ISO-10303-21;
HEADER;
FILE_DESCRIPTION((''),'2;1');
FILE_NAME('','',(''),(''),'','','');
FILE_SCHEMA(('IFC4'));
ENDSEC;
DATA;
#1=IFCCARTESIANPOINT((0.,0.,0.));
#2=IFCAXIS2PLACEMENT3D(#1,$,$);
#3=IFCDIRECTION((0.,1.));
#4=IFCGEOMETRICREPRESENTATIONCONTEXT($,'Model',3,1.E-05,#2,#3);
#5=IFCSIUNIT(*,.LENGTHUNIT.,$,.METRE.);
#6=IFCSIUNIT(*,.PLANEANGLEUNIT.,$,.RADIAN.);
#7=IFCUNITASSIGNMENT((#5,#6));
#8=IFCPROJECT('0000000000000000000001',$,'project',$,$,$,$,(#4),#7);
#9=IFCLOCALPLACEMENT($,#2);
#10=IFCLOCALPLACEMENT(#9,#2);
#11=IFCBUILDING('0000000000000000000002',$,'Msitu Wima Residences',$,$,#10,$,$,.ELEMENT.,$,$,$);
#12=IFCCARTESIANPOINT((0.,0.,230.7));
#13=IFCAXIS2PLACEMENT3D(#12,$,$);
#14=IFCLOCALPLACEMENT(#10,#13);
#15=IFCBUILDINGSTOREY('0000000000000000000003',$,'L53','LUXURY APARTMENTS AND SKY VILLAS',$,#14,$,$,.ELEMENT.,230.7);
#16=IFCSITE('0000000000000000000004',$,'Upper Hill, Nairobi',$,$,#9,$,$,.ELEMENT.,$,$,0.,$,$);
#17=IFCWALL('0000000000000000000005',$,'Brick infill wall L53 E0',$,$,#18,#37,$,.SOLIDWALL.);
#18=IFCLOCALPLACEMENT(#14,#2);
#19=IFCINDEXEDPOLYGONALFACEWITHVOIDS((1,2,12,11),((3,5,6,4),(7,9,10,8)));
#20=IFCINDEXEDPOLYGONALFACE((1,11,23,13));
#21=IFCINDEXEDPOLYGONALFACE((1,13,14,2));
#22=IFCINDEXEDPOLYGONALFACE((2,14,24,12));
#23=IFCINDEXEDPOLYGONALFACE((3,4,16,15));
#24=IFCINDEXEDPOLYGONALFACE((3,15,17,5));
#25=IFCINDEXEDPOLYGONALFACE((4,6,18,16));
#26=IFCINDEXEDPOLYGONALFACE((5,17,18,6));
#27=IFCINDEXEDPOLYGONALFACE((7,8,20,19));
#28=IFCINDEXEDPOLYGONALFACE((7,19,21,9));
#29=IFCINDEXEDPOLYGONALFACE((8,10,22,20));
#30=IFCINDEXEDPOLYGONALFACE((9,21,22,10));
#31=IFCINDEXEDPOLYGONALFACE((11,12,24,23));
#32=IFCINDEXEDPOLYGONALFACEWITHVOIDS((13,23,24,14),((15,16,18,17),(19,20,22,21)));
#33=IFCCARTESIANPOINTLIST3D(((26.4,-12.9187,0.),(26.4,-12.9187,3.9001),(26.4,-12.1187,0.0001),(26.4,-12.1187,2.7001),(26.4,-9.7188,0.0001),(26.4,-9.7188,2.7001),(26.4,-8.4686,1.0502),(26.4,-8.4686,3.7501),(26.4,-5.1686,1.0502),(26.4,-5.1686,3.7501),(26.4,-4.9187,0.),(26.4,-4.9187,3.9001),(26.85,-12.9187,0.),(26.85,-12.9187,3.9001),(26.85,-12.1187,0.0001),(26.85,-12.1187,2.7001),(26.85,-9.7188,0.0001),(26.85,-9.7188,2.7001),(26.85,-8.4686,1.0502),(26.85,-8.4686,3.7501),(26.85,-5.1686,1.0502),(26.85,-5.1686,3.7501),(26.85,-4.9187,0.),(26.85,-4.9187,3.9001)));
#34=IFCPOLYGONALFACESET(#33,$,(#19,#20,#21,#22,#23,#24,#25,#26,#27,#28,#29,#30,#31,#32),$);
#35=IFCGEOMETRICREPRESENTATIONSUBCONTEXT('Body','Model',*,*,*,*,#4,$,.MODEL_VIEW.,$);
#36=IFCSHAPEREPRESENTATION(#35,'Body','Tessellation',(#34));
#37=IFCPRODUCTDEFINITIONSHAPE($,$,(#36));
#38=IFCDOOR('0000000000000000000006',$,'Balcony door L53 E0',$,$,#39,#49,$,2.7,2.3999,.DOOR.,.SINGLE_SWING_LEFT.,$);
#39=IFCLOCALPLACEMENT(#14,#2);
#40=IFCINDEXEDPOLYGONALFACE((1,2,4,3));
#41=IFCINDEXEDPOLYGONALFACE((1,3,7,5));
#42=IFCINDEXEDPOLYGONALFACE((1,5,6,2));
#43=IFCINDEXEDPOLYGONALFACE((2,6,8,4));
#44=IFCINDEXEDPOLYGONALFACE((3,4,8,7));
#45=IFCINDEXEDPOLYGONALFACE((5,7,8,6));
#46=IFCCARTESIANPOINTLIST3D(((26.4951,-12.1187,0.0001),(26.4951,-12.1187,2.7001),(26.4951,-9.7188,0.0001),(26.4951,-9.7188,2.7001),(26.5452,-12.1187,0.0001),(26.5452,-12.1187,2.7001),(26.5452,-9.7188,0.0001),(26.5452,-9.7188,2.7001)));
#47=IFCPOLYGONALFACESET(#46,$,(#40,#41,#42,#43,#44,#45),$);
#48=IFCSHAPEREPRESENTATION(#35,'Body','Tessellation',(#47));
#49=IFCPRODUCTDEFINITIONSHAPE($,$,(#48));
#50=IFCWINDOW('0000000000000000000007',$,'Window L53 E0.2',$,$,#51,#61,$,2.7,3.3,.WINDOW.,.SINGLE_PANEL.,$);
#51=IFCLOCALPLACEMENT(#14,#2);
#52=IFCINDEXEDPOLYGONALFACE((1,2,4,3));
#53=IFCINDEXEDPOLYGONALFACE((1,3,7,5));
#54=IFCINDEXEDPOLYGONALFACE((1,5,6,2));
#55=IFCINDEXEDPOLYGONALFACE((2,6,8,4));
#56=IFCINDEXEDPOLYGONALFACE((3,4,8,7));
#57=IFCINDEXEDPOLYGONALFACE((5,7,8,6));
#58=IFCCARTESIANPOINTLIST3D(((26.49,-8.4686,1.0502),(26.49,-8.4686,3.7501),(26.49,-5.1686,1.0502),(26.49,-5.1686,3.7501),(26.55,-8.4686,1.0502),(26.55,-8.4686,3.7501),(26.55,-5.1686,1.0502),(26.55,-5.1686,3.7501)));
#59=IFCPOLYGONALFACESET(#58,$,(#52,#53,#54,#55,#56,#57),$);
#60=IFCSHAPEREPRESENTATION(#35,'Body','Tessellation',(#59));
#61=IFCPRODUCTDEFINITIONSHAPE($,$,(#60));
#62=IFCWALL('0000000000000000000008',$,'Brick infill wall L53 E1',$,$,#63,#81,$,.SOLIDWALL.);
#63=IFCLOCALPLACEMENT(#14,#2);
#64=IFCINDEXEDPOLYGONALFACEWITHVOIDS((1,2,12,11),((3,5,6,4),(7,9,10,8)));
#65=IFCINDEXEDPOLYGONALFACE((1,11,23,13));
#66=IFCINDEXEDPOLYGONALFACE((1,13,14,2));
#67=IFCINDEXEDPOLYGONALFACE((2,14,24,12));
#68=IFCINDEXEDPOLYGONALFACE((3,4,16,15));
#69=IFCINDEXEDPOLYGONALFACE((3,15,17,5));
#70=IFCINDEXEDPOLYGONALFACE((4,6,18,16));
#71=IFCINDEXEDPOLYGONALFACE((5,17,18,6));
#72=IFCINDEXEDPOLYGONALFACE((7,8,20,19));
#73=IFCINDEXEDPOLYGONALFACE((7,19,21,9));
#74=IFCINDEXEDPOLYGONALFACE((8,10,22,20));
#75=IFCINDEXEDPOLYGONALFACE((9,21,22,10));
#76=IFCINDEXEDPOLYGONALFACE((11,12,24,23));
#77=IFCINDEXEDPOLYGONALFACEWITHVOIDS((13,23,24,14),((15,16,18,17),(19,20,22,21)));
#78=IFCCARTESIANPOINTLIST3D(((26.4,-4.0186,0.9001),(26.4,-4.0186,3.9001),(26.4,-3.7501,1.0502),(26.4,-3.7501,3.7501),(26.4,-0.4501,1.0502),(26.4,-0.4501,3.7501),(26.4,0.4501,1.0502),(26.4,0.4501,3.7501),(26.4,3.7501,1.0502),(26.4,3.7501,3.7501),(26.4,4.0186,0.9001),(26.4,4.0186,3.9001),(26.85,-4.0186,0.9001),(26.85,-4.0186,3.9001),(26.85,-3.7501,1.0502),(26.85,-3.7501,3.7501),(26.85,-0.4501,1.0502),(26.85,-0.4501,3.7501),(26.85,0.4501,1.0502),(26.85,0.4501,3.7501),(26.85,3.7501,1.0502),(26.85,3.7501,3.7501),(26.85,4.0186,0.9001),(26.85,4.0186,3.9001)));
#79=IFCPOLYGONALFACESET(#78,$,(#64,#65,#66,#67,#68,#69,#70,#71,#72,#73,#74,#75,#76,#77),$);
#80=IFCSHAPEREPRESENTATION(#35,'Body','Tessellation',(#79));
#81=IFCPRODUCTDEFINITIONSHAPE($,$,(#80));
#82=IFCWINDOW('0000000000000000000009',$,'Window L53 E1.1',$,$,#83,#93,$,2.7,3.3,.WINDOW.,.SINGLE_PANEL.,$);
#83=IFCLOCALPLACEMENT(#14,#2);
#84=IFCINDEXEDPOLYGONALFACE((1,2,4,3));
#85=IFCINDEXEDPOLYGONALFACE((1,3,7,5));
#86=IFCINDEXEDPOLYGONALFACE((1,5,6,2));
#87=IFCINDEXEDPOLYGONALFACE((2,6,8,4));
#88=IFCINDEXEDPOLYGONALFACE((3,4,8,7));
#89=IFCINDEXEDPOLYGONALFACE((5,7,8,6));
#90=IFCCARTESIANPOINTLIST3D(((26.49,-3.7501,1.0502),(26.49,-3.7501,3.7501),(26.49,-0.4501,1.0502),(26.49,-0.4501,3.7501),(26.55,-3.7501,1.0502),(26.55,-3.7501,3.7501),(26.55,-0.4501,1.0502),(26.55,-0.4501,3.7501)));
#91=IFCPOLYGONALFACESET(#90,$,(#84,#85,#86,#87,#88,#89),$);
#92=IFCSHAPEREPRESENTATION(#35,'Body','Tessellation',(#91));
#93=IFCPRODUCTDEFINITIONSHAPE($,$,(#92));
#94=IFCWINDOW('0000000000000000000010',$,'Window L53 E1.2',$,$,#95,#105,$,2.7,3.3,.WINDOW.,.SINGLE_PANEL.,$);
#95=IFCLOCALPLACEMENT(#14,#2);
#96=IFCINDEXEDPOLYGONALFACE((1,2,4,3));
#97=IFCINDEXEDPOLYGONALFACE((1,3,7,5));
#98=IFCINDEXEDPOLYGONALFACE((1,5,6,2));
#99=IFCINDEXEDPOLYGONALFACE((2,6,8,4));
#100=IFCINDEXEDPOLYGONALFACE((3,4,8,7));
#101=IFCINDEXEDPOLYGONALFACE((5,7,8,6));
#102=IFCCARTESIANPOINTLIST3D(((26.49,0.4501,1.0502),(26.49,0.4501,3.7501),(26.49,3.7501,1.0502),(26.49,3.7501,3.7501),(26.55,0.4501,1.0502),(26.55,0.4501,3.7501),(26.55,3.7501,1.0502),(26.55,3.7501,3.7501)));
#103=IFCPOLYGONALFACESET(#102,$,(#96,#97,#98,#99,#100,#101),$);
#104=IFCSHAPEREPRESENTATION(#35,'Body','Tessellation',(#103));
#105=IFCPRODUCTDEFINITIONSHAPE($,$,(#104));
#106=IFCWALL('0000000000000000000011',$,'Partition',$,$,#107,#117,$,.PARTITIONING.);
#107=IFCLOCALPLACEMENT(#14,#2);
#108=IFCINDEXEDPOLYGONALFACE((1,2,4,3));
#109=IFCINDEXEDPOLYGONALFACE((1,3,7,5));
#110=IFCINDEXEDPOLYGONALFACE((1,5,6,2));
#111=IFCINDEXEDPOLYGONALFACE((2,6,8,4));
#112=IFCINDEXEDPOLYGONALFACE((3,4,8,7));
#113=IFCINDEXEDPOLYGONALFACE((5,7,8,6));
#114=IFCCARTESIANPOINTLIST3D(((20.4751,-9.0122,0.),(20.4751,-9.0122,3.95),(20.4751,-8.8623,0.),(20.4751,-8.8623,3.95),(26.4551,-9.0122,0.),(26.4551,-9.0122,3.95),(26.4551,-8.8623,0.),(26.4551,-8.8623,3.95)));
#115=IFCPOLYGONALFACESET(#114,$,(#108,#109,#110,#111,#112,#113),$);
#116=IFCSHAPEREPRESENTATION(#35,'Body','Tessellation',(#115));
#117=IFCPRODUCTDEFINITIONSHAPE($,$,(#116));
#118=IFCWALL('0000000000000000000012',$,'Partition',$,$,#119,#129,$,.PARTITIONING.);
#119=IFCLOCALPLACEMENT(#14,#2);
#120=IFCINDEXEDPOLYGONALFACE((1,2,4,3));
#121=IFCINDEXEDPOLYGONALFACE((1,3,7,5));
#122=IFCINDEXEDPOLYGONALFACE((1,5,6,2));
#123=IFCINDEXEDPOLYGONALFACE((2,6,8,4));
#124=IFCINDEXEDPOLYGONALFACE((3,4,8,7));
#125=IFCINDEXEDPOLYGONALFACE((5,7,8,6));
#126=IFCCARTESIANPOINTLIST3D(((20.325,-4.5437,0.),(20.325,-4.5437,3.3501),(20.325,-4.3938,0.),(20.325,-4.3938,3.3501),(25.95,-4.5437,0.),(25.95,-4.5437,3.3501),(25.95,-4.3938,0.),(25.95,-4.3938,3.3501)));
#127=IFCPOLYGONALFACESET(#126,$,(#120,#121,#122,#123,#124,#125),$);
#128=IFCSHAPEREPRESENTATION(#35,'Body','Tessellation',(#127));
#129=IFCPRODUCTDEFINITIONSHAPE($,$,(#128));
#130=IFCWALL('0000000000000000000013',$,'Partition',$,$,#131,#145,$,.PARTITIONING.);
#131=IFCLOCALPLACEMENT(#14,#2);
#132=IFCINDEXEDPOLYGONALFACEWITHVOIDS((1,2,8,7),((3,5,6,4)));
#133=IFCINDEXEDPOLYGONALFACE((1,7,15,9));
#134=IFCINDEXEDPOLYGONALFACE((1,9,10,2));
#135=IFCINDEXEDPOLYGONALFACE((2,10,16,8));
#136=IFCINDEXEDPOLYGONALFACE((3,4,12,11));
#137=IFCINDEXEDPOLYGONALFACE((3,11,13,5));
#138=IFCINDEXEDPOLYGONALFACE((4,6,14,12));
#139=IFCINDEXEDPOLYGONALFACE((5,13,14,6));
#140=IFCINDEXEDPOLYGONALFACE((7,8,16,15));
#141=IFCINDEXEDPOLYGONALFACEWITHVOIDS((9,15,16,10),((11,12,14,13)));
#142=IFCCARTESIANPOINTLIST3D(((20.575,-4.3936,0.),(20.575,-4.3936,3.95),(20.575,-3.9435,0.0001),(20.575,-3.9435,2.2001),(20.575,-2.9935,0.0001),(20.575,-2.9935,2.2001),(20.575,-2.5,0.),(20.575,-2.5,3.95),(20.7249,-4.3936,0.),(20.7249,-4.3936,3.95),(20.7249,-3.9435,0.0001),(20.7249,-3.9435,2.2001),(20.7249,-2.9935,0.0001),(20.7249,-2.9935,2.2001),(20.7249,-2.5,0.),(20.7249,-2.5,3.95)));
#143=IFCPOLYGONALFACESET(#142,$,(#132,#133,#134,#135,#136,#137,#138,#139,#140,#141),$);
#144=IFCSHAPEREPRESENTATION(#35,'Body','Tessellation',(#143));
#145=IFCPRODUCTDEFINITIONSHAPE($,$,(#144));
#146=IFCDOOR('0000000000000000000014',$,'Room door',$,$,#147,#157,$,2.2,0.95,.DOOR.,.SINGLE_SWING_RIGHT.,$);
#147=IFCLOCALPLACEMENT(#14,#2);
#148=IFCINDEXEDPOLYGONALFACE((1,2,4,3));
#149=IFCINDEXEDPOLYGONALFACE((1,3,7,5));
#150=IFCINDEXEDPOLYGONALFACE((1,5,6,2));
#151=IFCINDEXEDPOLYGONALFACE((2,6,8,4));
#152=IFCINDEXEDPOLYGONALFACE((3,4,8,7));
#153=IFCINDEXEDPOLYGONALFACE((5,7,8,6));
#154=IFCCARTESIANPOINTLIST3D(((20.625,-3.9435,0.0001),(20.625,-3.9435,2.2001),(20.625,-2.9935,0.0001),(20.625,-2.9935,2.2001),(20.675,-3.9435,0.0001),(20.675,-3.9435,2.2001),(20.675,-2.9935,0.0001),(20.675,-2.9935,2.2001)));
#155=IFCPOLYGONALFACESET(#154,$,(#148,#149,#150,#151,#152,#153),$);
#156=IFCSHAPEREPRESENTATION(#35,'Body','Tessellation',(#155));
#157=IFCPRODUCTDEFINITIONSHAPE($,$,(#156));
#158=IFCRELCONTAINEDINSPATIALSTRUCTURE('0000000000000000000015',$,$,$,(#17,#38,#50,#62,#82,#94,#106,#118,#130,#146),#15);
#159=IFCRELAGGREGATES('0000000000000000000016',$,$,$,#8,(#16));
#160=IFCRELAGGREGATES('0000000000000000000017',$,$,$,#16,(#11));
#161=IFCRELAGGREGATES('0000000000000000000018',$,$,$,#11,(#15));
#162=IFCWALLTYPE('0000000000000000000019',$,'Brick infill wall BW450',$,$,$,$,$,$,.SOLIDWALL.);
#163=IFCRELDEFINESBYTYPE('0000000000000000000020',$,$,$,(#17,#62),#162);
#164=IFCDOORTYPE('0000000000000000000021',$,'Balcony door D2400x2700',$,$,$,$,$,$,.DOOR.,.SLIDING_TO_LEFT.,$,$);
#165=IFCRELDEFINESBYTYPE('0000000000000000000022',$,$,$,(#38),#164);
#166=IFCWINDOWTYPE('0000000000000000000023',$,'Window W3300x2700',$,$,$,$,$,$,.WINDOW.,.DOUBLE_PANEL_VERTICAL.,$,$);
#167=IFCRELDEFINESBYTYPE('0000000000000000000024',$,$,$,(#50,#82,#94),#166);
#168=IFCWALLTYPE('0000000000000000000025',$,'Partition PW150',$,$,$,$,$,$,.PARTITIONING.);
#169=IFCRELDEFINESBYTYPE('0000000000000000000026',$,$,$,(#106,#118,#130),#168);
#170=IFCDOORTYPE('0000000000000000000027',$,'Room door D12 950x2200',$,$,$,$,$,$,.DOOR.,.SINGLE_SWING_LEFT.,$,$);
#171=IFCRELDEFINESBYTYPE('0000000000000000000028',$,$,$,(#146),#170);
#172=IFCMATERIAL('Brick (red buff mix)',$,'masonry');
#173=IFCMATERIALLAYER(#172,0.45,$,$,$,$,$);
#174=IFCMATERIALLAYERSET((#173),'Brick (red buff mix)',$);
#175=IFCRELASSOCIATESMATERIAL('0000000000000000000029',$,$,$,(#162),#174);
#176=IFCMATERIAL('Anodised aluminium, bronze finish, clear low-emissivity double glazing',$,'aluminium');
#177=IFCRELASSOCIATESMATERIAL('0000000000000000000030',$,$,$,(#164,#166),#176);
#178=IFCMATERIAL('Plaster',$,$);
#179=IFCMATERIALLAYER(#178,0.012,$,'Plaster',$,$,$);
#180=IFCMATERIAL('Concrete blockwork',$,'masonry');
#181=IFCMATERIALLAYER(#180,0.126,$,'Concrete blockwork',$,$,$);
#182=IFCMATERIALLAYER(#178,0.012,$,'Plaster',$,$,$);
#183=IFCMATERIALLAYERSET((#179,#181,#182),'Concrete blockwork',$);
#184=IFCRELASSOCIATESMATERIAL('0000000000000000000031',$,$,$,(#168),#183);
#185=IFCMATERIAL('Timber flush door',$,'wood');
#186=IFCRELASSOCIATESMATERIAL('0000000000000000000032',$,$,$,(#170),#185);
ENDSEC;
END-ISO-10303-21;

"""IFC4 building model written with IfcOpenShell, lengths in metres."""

from ifc_helpers import new_model, si_unit, direction, frame, frame_2d, origin, place, context, subcontext, project, spatial, rectangle, extrude, material, layer, layer_set, type_object, element, fill, save


model = new_model("IFC4")

# Units and contexts
model_context = context("Model", 3, precision=1e-05, world=origin(), true_north=direction((0.0, 1.0)))
body_context = subcontext(model_context, "Body", "Model", "MODEL_VIEW")
ifc_project = project(units=[si_unit("LENGTHUNIT", "METRE"), si_unit("PLANEANGLEUNIT", "RADIAN")], contexts=[model_context])

# Site, building, storey
site_placement = place(None, origin())
site = spatial("IfcSite", under=ifc_project, at=site_placement, Name="Upper Hill, Nairobi", CompositionType="ELEMENT", RefElevation=0.0)
building_placement = place(site_placement, origin())
building = spatial("IfcBuilding", under=site, at=building_placement, Name="Msitu Wima Residences", CompositionType="ELEMENT")
storey_placement = place(building_placement, frame((0.0, 0.0, 230.7)))
storey = spatial("IfcBuildingStorey", under=building, at=storey_placement, Name="L53", Description="LUXURY APARTMENTS AND SKY VILLAS", CompositionType="ELEMENT", Elevation=230.7)

# Wall, openings, door, window
ifc_material_1 = material(Name="Brick (red buff mix)", Category="masonry")
ifc_layer_1 = layer(ifc_material_1, 0.45)
ifc_layer_set_1 = layer_set([ifc_layer_1], Name="Brick (red buff mix)")
wall_type_1 = type_object("IfcWallType", Name="Brick infill wall BW450", PredefinedType="SOLIDWALL", material=ifc_layer_set_1)
wall_1_placement = place(storey_placement, frame((26.625, -12.9187, 0.0), z_axis=(0.0, 0.0, 1.0), x_axis=(0.0, 1.0, 0.0)))
wall_1 = element("IfcWall", 1, at=wall_1_placement, inside=storey, type_object=wall_type_1, Name="Brick infill wall L53 E0", PredefinedType="SOLIDWALL", context=body_context, shape_type="SweptSolid", body=[
    extrude(rectangle(XDim=8.0, YDim=0.45, at=frame_2d((4.0, 0.0))), origin(), (0.0, 0.0, 1.0), 3.9001),
])
opening_1_placement = place(wall_1_placement, frame((0.8, 0.0, 0.0)))
opening_1 = element("IfcOpeningElement", 2, at=opening_1_placement, cuts=wall_1, PredefinedType="OPENING", context=body_context, shape_type="SweptSolid", body=[
    extrude(rectangle(XDim=2.3999, YDim=2.7, at=frame_2d((1.2, 1.3501))), frame((0.0, 0.2349, 0.0), z_axis=(0.0, -1.0, 0.0), x_axis=(1.0, 0.0, 0.0)), (0.0, 0.0, 1.0), 0.47),
])
opening_2_placement = place(wall_1_placement, frame((4.4502, 0.0, 1.05)))
opening_2 = element("IfcOpeningElement", 3, at=opening_2_placement, cuts=wall_1, PredefinedType="OPENING", context=body_context, shape_type="SweptSolid", body=[
    extrude(rectangle(XDim=3.3, YDim=2.7, at=frame_2d((1.6499, 1.3501))), frame((0.0, 0.2349, 0.0), z_axis=(0.0, -1.0, 0.0), x_axis=(1.0, 0.0, 0.0)), (0.0, 0.0, 1.0), 0.47),
])
ifc_material_2 = material(Name="Anodised aluminium, bronze finish, clear low-emissivity double glazing", Category="aluminium")
door_type_1 = type_object("IfcDoorType", Name="Balcony door D2400x2700", OperationType="SLIDING_TO_LEFT", PredefinedType="DOOR", material=ifc_material_2)
door_1_placement = place(opening_1_placement, origin())
door_1 = element("IfcDoor", 4, at=door_1_placement, inside=storey, type_object=door_type_1, Name="Balcony door L53 E0", OperationType="SINGLE_SWING_LEFT", OverallHeight=2.7, OverallWidth=2.3999, PredefinedType="DOOR", context=body_context, shape_type="SweptSolid", body=[
    extrude(rectangle(XDim=2.3999, YDim=2.7, at=frame_2d((1.2, 1.3501))), frame((0.0, 0.1299, 0.0), z_axis=(0.0, -1.0, 0.0), x_axis=(1.0, 0.0, 0.0)), (0.0, 0.0, 1.0), 0.05),
])
fill(opening_1, door_1)
window_type = type_object("IfcWindowType", Name="Window W3300x2700", PartitioningType="DOUBLE_PANEL_VERTICAL", PredefinedType="WINDOW", material=ifc_material_2)
window_1_placement = place(opening_2_placement, origin())
window_1 = element("IfcWindow", 5, at=window_1_placement, inside=storey, type_object=window_type, Name="Window L53 E0.2", OverallHeight=2.7, OverallWidth=3.3, PartitioningType="SINGLE_PANEL", PredefinedType="WINDOW", context=body_context, shape_type="SweptSolid", body=[
    extrude(rectangle(XDim=3.3, YDim=2.7, at=frame_2d((1.6499, 1.3501))), frame((0.0, 0.135, 0.0), z_axis=(0.0, -1.0, 0.0), x_axis=(1.0, 0.0, 0.0)), (0.0, 0.0, 1.0), 0.0601),
])
fill(opening_2, window_1)

# Wall, openings, windows
wall_2_placement = place(storey_placement, frame((26.625, -4.0186, 0.9001), z_axis=(0.0, 0.0, 1.0), x_axis=(0.0, 1.0, 0.0)))
wall_2 = element("IfcWall", 6, at=wall_2_placement, inside=storey, type_object=wall_type_1, Name="Brick infill wall L53 E1", PredefinedType="SOLIDWALL", context=body_context, shape_type="SweptSolid", body=[
    extrude(rectangle(XDim=8.0371, YDim=0.45, at=frame_2d((4.0186, 0.0))), origin(), (0.0, 0.0, 1.0), 3.0),
])
opening_3_placement = place(wall_2_placement, frame((0.2686, 0.0, 0.1499)))
opening_3 = element("IfcOpeningElement", 7, at=opening_3_placement, cuts=wall_2, PredefinedType="OPENING", context=body_context, shape_type="SweptSolid", body=[
    extrude(rectangle(XDim=3.3, YDim=2.7, at=frame_2d((1.6499, 1.3501))), frame((0.0, 0.2349, 0.0), z_axis=(0.0, -1.0, 0.0), x_axis=(1.0, 0.0, 0.0)), (0.0, 0.0, 1.0), 0.47),
])
opening_4_placement = place(wall_2_placement, frame((4.4688, 0.0, 0.1499)))
opening_4 = element("IfcOpeningElement", 8, at=opening_4_placement, cuts=wall_2, PredefinedType="OPENING", context=body_context, shape_type="SweptSolid", body=[
    extrude(rectangle(XDim=3.3, YDim=2.7, at=frame_2d((1.6499, 1.3501))), frame((0.0, 0.2349, 0.0), z_axis=(0.0, -1.0, 0.0), x_axis=(1.0, 0.0, 0.0)), (0.0, 0.0, 1.0), 0.47),
])
window_2_placement = place(opening_3_placement, origin())
window_2 = element("IfcWindow", 9, at=window_2_placement, inside=storey, type_object=window_type, Name="Window L53 E1.1", OverallHeight=2.7, OverallWidth=3.3, PartitioningType="SINGLE_PANEL", PredefinedType="WINDOW", context=body_context, shape_type="SweptSolid", body=[
    extrude(rectangle(XDim=3.3, YDim=2.7, at=frame_2d((1.6499, 1.3501))), frame((0.0, 0.135, 0.0), z_axis=(0.0, -1.0, 0.0), x_axis=(1.0, 0.0, 0.0)), (0.0, 0.0, 1.0), 0.0601),
])
fill(opening_3, window_2)
window_3_placement = place(opening_4_placement, origin())
window_3 = element("IfcWindow", 10, at=window_3_placement, inside=storey, type_object=window_type, Name="Window L53 E1.2", OverallHeight=2.7, OverallWidth=3.3, PartitioningType="SINGLE_PANEL", PredefinedType="WINDOW", context=body_context, shape_type="SweptSolid", body=[
    extrude(rectangle(XDim=3.3, YDim=2.7, at=frame_2d((1.6499, 1.3501))), frame((0.0, 0.135, 0.0), z_axis=(0.0, -1.0, 0.0), x_axis=(1.0, 0.0, 0.0)), (0.0, 0.0, 1.0), 0.0601),
])
fill(opening_4, window_3)

# Walls
ifc_material_3 = material(Name="Plaster")
ifc_layer_2 = layer(ifc_material_3, 0.012, Name="Plaster")
ifc_material_4 = material(Name="Concrete blockwork", Category="masonry")
ifc_layer_3 = layer(ifc_material_4, 0.126, Name="Concrete blockwork")
ifc_layer_4 = layer(ifc_material_3, 0.012, Name="Plaster")
ifc_layer_set_2 = layer_set([ifc_layer_2, ifc_layer_3, ifc_layer_4], Name="Concrete blockwork")
wall_type_2 = type_object("IfcWallType", Name="Partition PW150", PredefinedType="PARTITIONING", material=ifc_layer_set_2)
wall_3_placement = place(storey_placement, frame((20.4751, -8.9373, 0.0), z_axis=(0.0, 0.0, 1.0), x_axis=(1.0, 0.0, 0.0)))
element("IfcWall", 11, at=wall_3_placement, inside=storey, type_object=wall_type_2, Name="Partition", PredefinedType="PARTITIONING", context=body_context, shape_type="SweptSolid", body=[
    extrude(rectangle(XDim=5.98, YDim=0.1499, at=frame_2d((2.99, 0.0))), origin(), (0.0, 0.0, 1.0), 3.95),
])
wall_4_placement = place(storey_placement, frame((20.325, -4.4688, 0.0), z_axis=(0.0, 0.0, 1.0), x_axis=(1.0, 0.0, 0.0)))
element("IfcWall", 12, at=wall_4_placement, inside=storey, type_object=wall_type_2, Name="Partition", PredefinedType="PARTITIONING", context=body_context, shape_type="SweptSolid", body=[
    extrude(rectangle(XDim=5.625, YDim=0.1499, at=frame_2d((2.8125, 0.0))), origin(), (0.0, 0.0, 1.0), 3.3501),
])

# Wall, opening, door
wall_5_placement = place(storey_placement, frame((20.6499, -4.3936, 0.0), z_axis=(0.0, 0.0, 1.0), x_axis=(0.0, 1.0, 0.0)))
wall_5 = element("IfcWall", 13, at=wall_5_placement, inside=storey, type_object=wall_type_2, Name="Partition", PredefinedType="PARTITIONING", context=body_context, shape_type="SweptSolid", body=[
    extrude(rectangle(XDim=1.8936, YDim=0.1499, at=frame_2d((0.9468, 0.0))), origin(), (0.0, 0.0, 1.0), 3.95),
])
opening_5_placement = place(wall_5_placement, frame((0.45, 0.0, 0.0)))
opening_5 = element("IfcOpeningElement", 14, at=opening_5_placement, cuts=wall_5, PredefinedType="OPENING", context=body_context, shape_type="SweptSolid", body=[
    extrude(rectangle(XDim=0.95, YDim=2.2, at=frame_2d((0.4751, 1.1001))), frame((0.0, 0.085, 0.0), z_axis=(0.0, -1.0, 0.0), x_axis=(1.0, 0.0, 0.0)), (0.0, 0.0, 1.0), 0.1699),
])
ifc_material_5 = material(Name="Timber flush door", Category="wood")
door_type_2 = type_object("IfcDoorType", Name="Room door D12 950x2200", OperationType="SINGLE_SWING_LEFT", PredefinedType="DOOR", material=ifc_material_5)
door_2_placement = place(opening_5_placement, origin())
door_2 = element("IfcDoor", 15, at=door_2_placement, inside=storey, type_object=door_type_2, Name="Room door", OperationType="SINGLE_SWING_RIGHT", OverallHeight=2.2, OverallWidth=0.95, PredefinedType="DOOR", context=body_context, shape_type="SweptSolid", body=[
    extrude(rectangle(XDim=0.95, YDim=2.2, at=frame_2d((0.4751, 1.1001))), frame((0.0, 0.0249, 0.0), z_axis=(0.0, -1.0, 0.0), x_axis=(1.0, 0.0, 0.0)), (0.0, 0.0, 1.0), 0.05),
])
fill(opening_5, door_2)

save(model, "model.ifc")
